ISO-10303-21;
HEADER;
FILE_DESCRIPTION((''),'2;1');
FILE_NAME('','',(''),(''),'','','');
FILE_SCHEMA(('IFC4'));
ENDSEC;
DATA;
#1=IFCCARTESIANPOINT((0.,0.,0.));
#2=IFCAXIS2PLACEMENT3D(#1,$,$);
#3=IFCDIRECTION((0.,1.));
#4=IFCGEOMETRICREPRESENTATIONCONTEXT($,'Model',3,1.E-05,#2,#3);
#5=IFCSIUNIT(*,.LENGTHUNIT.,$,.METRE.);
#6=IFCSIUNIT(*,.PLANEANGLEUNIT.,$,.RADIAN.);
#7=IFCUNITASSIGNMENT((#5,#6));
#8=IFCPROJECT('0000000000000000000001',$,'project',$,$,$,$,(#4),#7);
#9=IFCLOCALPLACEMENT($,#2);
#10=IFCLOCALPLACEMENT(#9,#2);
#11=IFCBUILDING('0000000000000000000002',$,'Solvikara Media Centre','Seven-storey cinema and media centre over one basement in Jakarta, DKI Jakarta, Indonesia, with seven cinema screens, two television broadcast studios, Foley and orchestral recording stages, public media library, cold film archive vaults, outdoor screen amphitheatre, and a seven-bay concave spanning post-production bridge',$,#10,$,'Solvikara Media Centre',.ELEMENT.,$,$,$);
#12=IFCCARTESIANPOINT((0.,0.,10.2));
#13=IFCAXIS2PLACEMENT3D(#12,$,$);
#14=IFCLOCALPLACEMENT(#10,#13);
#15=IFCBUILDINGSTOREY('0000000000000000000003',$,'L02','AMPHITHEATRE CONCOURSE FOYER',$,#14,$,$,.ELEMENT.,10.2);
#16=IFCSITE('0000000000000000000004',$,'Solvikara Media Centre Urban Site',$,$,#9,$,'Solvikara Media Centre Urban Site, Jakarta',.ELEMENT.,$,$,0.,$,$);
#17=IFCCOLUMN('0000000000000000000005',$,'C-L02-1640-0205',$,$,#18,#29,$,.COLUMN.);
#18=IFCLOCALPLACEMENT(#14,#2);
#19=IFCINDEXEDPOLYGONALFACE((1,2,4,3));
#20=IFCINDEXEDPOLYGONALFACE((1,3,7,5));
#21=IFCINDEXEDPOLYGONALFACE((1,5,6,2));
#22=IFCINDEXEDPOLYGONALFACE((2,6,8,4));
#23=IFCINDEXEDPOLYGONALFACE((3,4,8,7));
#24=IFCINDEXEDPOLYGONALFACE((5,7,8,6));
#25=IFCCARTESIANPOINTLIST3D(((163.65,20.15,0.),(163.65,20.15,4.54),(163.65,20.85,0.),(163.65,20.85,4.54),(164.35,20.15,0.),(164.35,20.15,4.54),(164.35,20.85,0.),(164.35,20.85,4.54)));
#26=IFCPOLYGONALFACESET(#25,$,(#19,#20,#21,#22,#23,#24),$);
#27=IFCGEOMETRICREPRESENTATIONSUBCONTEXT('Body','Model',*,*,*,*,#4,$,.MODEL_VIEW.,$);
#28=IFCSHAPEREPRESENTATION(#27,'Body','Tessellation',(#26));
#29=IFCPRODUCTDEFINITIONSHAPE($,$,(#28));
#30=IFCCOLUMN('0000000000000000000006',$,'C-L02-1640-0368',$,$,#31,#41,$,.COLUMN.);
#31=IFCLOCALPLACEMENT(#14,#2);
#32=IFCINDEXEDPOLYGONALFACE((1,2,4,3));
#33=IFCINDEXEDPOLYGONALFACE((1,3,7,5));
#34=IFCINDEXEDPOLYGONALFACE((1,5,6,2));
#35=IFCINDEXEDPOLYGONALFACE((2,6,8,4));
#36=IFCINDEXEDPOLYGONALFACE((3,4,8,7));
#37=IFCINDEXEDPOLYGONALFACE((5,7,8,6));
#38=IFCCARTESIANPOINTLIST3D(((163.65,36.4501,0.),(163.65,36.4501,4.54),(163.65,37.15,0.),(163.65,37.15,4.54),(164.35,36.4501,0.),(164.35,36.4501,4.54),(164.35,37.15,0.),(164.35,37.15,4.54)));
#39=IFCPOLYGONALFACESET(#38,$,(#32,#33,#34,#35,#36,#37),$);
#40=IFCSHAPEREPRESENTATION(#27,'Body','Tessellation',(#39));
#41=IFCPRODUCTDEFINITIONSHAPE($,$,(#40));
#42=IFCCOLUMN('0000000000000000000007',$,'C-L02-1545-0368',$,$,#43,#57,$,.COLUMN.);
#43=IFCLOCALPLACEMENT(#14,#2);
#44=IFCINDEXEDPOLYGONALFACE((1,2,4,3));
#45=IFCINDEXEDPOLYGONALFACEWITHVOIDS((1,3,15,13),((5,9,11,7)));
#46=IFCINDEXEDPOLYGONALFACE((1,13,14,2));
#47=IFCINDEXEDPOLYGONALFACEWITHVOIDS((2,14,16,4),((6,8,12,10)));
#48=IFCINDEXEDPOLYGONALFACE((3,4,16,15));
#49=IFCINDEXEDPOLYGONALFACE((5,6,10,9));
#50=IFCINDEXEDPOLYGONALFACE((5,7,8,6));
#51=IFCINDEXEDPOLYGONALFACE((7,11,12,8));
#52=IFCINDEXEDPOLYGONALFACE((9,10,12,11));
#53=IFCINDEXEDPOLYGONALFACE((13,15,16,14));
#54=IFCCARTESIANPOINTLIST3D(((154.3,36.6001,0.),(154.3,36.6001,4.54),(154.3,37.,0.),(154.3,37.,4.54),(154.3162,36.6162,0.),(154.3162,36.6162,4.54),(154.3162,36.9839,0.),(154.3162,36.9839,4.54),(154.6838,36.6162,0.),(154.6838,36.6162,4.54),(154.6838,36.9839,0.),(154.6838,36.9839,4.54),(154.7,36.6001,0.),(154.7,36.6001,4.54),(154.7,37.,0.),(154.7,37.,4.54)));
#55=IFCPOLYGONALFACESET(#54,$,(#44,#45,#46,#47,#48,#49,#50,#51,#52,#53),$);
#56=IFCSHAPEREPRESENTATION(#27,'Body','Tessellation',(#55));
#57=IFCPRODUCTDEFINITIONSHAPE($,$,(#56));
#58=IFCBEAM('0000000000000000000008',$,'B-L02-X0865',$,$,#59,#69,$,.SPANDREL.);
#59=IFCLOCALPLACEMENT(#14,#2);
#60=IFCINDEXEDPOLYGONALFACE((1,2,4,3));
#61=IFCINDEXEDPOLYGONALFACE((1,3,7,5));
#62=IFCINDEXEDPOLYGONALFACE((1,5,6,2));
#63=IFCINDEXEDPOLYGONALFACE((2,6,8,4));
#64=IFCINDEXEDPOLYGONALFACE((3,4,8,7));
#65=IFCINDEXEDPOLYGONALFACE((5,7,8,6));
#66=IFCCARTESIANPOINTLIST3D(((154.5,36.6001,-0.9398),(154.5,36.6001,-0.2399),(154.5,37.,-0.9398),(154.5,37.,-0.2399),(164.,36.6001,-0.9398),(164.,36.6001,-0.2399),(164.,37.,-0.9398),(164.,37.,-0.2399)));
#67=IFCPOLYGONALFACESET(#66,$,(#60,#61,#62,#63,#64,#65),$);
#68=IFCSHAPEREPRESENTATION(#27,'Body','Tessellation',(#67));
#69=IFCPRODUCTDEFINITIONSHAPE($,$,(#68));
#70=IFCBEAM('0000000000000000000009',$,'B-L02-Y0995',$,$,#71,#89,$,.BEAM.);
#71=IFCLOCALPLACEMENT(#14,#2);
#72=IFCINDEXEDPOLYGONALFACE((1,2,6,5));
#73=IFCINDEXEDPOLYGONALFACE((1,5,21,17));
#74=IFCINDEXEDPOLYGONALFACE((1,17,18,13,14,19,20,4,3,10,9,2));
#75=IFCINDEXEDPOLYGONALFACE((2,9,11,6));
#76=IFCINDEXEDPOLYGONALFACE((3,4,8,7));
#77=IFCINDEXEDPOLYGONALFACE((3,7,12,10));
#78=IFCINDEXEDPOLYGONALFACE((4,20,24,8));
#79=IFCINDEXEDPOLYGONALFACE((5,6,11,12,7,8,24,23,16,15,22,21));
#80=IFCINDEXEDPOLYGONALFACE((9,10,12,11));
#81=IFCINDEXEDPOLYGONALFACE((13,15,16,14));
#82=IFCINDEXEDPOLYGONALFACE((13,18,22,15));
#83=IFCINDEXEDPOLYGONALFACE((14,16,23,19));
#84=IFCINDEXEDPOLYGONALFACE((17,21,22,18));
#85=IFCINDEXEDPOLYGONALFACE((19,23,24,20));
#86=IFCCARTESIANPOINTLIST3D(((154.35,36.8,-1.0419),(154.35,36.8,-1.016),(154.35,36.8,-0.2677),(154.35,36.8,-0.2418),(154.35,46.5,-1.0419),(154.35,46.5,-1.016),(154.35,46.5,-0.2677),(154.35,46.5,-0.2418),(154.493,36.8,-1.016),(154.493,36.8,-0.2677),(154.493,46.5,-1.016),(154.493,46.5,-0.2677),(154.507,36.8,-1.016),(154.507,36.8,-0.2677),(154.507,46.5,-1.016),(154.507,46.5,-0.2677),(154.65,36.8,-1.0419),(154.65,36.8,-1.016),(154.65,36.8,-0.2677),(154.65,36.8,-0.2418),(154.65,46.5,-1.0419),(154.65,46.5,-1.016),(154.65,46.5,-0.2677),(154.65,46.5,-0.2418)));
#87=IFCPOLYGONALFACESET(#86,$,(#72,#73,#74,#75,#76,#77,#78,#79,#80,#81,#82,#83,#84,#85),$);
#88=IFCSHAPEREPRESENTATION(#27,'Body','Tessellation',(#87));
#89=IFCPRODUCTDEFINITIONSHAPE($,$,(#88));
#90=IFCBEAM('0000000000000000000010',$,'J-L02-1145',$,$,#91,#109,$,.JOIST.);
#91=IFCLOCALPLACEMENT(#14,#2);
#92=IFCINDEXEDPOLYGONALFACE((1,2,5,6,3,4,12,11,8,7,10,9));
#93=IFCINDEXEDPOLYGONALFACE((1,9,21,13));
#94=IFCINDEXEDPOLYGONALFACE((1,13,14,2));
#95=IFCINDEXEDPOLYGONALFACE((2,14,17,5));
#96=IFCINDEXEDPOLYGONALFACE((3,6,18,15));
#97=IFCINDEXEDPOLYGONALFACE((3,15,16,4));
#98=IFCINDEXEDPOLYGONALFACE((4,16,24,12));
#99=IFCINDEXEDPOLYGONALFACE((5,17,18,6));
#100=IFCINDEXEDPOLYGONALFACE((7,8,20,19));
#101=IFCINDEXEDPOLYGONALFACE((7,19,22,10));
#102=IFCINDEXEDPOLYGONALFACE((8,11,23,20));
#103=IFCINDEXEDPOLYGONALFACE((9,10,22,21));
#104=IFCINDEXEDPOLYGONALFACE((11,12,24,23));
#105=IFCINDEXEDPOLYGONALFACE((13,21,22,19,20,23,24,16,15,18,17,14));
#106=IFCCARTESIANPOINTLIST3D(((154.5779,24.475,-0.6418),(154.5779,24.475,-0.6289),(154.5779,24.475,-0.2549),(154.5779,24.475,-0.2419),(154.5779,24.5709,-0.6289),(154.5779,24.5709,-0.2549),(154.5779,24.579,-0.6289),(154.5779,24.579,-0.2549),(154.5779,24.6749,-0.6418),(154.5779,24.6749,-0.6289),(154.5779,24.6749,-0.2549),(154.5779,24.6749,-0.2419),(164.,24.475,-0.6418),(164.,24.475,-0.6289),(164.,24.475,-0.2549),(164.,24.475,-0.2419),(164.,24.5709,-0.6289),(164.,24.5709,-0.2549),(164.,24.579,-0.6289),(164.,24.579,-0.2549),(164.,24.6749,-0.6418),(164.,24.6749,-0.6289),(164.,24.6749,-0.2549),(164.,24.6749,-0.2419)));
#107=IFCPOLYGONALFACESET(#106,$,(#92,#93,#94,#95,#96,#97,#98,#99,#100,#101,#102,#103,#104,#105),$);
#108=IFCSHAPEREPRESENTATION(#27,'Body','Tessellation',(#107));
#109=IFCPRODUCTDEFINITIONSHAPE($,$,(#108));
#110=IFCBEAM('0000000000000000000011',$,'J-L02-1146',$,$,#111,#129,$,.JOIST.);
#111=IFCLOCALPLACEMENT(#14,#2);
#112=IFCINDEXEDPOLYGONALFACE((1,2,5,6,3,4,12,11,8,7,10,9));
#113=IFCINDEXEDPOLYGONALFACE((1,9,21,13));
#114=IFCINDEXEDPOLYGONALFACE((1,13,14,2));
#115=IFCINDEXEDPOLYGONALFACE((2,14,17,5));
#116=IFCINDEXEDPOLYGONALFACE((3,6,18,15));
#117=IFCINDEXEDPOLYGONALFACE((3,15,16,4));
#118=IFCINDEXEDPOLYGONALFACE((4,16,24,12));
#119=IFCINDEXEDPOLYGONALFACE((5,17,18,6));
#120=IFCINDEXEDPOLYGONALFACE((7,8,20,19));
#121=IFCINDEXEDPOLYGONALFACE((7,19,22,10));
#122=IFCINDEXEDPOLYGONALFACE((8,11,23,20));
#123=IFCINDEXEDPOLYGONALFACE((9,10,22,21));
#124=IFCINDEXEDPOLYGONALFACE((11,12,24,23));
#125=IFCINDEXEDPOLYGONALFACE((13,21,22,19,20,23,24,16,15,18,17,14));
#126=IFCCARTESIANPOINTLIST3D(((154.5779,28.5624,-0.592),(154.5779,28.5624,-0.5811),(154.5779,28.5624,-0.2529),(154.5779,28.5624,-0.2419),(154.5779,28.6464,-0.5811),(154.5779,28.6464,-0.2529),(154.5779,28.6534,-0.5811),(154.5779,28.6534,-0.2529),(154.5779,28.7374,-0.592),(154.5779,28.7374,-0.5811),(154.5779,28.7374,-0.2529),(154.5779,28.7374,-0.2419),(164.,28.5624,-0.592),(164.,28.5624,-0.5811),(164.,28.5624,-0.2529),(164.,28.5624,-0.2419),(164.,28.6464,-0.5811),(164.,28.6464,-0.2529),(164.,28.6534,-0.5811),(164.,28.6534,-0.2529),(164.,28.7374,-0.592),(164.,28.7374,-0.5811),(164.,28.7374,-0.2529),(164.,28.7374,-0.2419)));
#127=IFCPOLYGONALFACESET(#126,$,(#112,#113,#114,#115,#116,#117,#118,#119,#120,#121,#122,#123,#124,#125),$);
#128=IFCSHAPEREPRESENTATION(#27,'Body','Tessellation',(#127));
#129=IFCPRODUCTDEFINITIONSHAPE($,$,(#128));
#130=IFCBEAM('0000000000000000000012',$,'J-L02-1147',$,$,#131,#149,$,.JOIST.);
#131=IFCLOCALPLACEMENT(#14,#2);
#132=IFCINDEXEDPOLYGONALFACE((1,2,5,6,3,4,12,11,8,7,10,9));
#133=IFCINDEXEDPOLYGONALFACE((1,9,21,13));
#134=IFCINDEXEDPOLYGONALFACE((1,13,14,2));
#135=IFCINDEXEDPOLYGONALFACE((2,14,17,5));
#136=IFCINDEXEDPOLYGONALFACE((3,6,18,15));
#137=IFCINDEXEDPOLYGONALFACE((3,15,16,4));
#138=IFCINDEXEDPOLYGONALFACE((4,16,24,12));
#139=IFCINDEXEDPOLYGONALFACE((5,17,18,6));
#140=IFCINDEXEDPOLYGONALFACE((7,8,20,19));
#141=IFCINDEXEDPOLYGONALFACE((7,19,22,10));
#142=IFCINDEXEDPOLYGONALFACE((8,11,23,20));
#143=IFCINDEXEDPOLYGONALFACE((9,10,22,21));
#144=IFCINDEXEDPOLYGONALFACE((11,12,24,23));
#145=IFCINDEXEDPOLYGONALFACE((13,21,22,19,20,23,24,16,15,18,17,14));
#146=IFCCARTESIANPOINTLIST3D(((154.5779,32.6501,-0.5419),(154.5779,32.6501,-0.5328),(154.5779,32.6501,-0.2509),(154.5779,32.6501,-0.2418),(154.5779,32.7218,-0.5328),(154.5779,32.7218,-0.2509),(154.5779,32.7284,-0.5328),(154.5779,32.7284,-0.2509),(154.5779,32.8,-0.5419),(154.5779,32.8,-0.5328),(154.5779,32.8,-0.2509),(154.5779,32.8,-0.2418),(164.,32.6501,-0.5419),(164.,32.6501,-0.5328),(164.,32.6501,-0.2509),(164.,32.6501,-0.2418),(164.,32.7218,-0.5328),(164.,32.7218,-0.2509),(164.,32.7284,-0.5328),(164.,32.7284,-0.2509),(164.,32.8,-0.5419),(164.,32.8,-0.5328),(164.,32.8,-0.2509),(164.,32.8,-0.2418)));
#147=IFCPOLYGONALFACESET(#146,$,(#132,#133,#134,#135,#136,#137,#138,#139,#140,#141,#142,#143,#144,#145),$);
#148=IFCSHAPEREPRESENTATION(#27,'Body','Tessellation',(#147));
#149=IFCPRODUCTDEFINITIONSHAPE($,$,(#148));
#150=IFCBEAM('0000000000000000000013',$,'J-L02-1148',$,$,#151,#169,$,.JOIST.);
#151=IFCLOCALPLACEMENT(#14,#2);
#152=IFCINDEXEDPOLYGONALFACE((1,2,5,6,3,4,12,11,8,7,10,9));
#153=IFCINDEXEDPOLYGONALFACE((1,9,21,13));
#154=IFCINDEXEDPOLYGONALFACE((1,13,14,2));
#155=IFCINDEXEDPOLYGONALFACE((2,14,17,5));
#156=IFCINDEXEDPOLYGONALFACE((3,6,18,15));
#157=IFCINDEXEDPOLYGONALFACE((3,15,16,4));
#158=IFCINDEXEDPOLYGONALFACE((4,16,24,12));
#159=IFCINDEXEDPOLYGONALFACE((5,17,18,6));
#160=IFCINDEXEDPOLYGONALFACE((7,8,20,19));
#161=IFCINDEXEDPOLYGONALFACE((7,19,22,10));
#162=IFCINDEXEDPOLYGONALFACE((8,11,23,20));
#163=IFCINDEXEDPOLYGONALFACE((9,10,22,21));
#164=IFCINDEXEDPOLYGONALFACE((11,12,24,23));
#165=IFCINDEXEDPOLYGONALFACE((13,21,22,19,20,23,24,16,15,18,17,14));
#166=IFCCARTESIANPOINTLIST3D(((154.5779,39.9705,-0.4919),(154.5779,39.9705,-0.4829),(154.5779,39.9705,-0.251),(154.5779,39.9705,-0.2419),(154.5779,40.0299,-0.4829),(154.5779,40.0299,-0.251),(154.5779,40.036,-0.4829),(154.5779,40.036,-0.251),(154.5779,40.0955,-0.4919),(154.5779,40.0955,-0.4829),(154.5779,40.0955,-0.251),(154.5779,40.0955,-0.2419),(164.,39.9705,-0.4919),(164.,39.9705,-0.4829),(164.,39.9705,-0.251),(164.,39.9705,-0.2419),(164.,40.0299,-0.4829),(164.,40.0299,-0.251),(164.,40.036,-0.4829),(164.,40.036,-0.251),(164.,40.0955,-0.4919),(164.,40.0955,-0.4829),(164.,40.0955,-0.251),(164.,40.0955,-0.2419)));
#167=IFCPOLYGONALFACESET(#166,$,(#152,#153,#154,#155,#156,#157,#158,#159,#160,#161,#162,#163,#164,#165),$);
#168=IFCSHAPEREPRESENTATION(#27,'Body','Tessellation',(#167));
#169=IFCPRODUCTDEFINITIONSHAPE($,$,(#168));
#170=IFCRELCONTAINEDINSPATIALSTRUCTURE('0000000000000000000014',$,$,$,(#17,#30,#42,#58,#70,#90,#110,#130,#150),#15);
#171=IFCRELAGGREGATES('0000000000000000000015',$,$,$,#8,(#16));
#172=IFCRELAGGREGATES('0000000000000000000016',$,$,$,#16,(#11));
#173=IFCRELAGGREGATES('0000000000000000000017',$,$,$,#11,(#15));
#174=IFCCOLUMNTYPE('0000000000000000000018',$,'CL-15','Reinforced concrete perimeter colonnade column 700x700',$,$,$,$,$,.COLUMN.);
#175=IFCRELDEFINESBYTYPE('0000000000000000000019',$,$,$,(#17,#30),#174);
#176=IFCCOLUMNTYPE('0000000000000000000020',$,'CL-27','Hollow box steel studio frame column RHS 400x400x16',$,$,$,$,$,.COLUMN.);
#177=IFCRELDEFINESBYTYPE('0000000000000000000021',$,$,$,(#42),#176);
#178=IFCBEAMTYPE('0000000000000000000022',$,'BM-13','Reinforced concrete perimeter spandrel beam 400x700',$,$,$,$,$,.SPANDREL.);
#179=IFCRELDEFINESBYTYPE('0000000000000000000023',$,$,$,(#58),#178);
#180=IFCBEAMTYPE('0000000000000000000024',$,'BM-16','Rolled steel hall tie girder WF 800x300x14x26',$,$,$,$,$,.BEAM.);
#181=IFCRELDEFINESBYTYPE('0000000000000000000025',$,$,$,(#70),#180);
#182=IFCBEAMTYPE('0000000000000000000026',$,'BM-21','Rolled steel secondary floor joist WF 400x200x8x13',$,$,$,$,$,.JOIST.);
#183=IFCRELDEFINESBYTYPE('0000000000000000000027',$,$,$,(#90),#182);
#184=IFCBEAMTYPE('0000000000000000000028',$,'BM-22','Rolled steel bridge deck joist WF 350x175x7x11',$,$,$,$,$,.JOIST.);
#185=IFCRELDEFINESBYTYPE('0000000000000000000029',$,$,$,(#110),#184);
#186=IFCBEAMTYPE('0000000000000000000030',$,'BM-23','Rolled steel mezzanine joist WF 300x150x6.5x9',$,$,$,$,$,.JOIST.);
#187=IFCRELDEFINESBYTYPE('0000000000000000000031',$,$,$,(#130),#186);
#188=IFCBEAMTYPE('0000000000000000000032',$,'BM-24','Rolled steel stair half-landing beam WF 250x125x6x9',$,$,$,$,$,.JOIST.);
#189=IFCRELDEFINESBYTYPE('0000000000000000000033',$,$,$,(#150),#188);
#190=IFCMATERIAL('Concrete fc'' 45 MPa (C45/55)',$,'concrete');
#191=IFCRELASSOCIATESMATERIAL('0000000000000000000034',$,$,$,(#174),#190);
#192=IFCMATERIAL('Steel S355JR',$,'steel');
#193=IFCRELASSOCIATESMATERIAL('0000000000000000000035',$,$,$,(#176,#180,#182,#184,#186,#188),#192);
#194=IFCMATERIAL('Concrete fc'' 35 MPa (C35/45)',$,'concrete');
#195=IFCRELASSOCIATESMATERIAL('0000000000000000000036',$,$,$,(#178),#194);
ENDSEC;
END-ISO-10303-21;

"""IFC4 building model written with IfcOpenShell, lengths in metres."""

from ifc_helpers import new_model, si_unit, direction, frame, origin, origin_2d, place, context, subcontext, project, spatial, rectangle, hollow_rectangle, i_section, extrude, material, material_profile, profile_set, type_object, element, save


model = new_model("IFC4")

# Units and contexts
model_context = context("Model", 3, precision=1e-05, world=origin(), true_north=direction((0.0, 1.0)))
body_context = subcontext(model_context, "Body", "Model", "MODEL_VIEW")
ifc_project = project(units=[si_unit("LENGTHUNIT", "METRE"), si_unit("PLANEANGLEUNIT", "RADIAN")], contexts=[model_context])

# Site, building, storey
site_placement = place(None, origin())
site = spatial("IfcSite", under=ifc_project, at=site_placement, Name="Solvikara Media Centre Urban Site", LongName="Solvikara Media Centre Urban Site, Jakarta", CompositionType="ELEMENT", RefElevation=0.0)
building_placement = place(site_placement, origin())
building = spatial("IfcBuilding", under=site, at=building_placement, Name="Solvikara Media Centre", Description="Seven-storey cinema and media centre over one basement in Jakarta, DKI Jakarta, Indonesia, with seven cinema screens, two television broadcast studios, Foley and orchestral recording stages, public media library, cold film archive vaults, outdoor screen amphitheatre, and a seven-bay concave spanning post-production bridge", LongName="Solvikara Media Centre", CompositionType="ELEMENT")
storey_placement = place(building_placement, frame((0.0, 0.0, 10.2)))
storey = spatial("IfcBuildingStorey", under=building, at=storey_placement, Name="L02", Description="AMPHITHEATRE CONCOURSE FOYER", CompositionType="ELEMENT", Elevation=10.2)

# Columns
ifc_material_1 = material(Name="Concrete fc' 45 MPa (C45/55)", Category="concrete")
ifc_material_profile_1 = material_profile(ifc_material_1, rectangle(XDim=0.7, YDim=0.7, at=origin_2d()), Name="RC 700x700")
ifc_profile_set_1 = profile_set([ifc_material_profile_1], Name="Concrete fc' 45 MPa (C45/55)")
column_type_1 = type_object("IfcColumnType", Name="CL-15", Description="Reinforced concrete perimeter colonnade column 700x700", PredefinedType="COLUMN", material=ifc_profile_set_1)
for number, where, z_axis, x_axis, name in (
    (1, (164.0, 20.5, 0.0), (0.0, 0.0, 1.0), (1.0, 0.0, 0.0), "C-L02-1640-0205"),
    (2, (164.0, 36.8, 0.0), (0.0, 0.0, 1.0), (1.0, 0.0, 0.0), "C-L02-1640-0368"),
):
    element("IfcColumn", number, at=place(storey_placement, frame(where, z_axis=z_axis, x_axis=x_axis)), inside=storey, type_object=column_type_1, Name=name, PredefinedType="COLUMN", context=body_context, shape_type="SweptSolid", body=[
        extrude(rectangle(XDim=0.7, YDim=0.7, at=origin_2d()), origin(), (0.0, 0.0, 1.0), 4.54),
    ])
ifc_material_2 = material(Name="Steel S355JR", Category="steel")
ifc_material_profile_2 = material_profile(ifc_material_2, hollow_rectangle(XDim=0.3999, YDim=0.3999, WallThickness=0.0161, at=origin_2d()), Name="RHS 400x400x16")
ifc_profile_set_2 = profile_set([ifc_material_profile_2], Name="Steel S355JR")
column_type_2 = type_object("IfcColumnType", Name="CL-27", Description="Hollow box steel studio frame column RHS 400x400x16", PredefinedType="COLUMN", material=ifc_profile_set_2)
column_placement = place(storey_placement, frame((154.5, 36.8, 0.0), z_axis=(0.0, 0.0, 1.0), x_axis=(1.0, 0.0, 0.0)))
element("IfcColumn", 3, at=column_placement, inside=storey, type_object=column_type_2, Name="C-L02-1545-0368", PredefinedType="COLUMN", context=body_context, shape_type="SweptSolid", body=[
    extrude(hollow_rectangle(XDim=0.3999, YDim=0.3999, WallThickness=0.0161, at=origin_2d()), origin(), (0.0, 0.0, 1.0), 4.54),
])

# Beams
ifc_material_3 = material(Name="Concrete fc' 35 MPa (C35/45)", Category="concrete")
ifc_material_profile_3 = material_profile(ifc_material_3, rectangle(XDim=0.3999, YDim=0.7, at=origin_2d()), Name="RC 400x700")
ifc_profile_set_3 = profile_set([ifc_material_profile_3], Name="Concrete fc' 35 MPa (C35/45)")
beam_type_1 = type_object("IfcBeamType", Name="BM-13", Description="Reinforced concrete perimeter spandrel beam 400x700", PredefinedType="SPANDREL", material=ifc_profile_set_3)
beam_1_placement = place(storey_placement, frame((154.5, 36.8, -0.5898), z_axis=(1.0, 0.0, 0.0), x_axis=(0.0, 1.0, 0.0)))
element("IfcBeam", 4, at=beam_1_placement, inside=storey, type_object=beam_type_1, Name="B-L02-X0865", PredefinedType="SPANDREL", context=body_context, shape_type="SweptSolid", body=[
    extrude(rectangle(XDim=0.3999, YDim=0.7, at=origin_2d()), origin(), (0.0, 0.0, 1.0), 9.5),
])
ifc_material_profile_4 = material_profile(ifc_material_2, i_section(OverallWidth=0.3, OverallDepth=0.8, WebThickness=0.0139, FlangeThickness=0.0259, at=origin_2d()), Name="WF 800x300x14x26")
ifc_profile_set_4 = profile_set([ifc_material_profile_4], Name="Steel S355JR")
beam_type_2 = type_object("IfcBeamType", Name="BM-16", Description="Rolled steel hall tie girder WF 800x300x14x26", PredefinedType="BEAM", material=ifc_profile_set_4)
beam_2_placement = place(storey_placement, frame((154.5, 36.8, -0.6418), z_axis=(0.0, 1.0, 0.0), x_axis=(-1.0, 0.0, 0.0)))
element("IfcBeam", 5, at=beam_2_placement, inside=storey, type_object=beam_type_2, Name="B-L02-Y0995", PredefinedType="BEAM", context=body_context, shape_type="SweptSolid", body=[
    extrude(i_section(OverallWidth=0.3, OverallDepth=0.8, WebThickness=0.0139, FlangeThickness=0.0259, at=origin_2d()), origin(), (0.0, 0.0, 1.0), 9.7),
])
ifc_material_profile_5 = material_profile(ifc_material_2, i_section(OverallWidth=0.2, OverallDepth=0.3999, WebThickness=0.0081, FlangeThickness=0.0129, at=origin_2d()), Name="WF 400x200x8x13")
ifc_profile_set_5 = profile_set([ifc_material_profile_5], Name="Steel S355JR")
beam_type_3 = type_object("IfcBeamType", Name="BM-21", Description="Rolled steel secondary floor joist WF 400x200x8x13", PredefinedType="JOIST", material=ifc_profile_set_5)
beam_3_placement = place(storey_placement, frame((154.5779, 24.575, -0.4419), z_axis=(1.0, 0.0, 0.0), x_axis=(0.0, 1.0, 0.0)))
element("IfcBeam", 6, at=beam_3_placement, inside=storey, type_object=beam_type_3, Name="J-L02-1145", PredefinedType="JOIST", context=body_context, shape_type="SweptSolid", body=[
    extrude(i_section(OverallWidth=0.2, OverallDepth=0.3999, WebThickness=0.0081, FlangeThickness=0.0129, at=origin_2d()), origin(), (0.0, 0.0, 1.0), 9.4221),
])
ifc_material_profile_6 = material_profile(ifc_material_2, i_section(OverallWidth=0.175, OverallDepth=0.3501, WebThickness=0.0071, FlangeThickness=0.011, at=origin_2d()), Name="WF 350x175x7x11")
ifc_profile_set_6 = profile_set([ifc_material_profile_6], Name="Steel S355JR")
beam_type_4 = type_object("IfcBeamType", Name="BM-22", Description="Rolled steel bridge deck joist WF 350x175x7x11", PredefinedType="JOIST", material=ifc_profile_set_6)
beam_4_placement = place(storey_placement, frame((154.5779, 28.6499, -0.417), z_axis=(1.0, 0.0, 0.0), x_axis=(0.0, 1.0, 0.0)))
element("IfcBeam", 7, at=beam_4_placement, inside=storey, type_object=beam_type_4, Name="J-L02-1146", PredefinedType="JOIST", context=body_context, shape_type="SweptSolid", body=[
    extrude(i_section(OverallWidth=0.175, OverallDepth=0.3501, WebThickness=0.0071, FlangeThickness=0.011, at=origin_2d()), origin(), (0.0, 0.0, 1.0), 9.4221),
])
ifc_material_profile_7 = material_profile(ifc_material_2, i_section(OverallWidth=0.1499, OverallDepth=0.3, WebThickness=0.0066, FlangeThickness=0.009, at=origin_2d()), Name="WF 300x150x6.5x9")
ifc_profile_set_7 = profile_set([ifc_material_profile_7], Name="Steel S355JR")
beam_type_5 = type_object("IfcBeamType", Name="BM-23", Description="Rolled steel mezzanine joist WF 300x150x6.5x9", PredefinedType="JOIST", material=ifc_profile_set_7)
beam_5_placement = place(storey_placement, frame((154.5779, 32.7251, -0.3918), z_axis=(1.0, 0.0, 0.0), x_axis=(0.0, 1.0, 0.0)))
element("IfcBeam", 8, at=beam_5_placement, inside=storey, type_object=beam_type_5, Name="J-L02-1147", PredefinedType="JOIST", context=body_context, shape_type="SweptSolid", body=[
    extrude(i_section(OverallWidth=0.1499, OverallDepth=0.3, WebThickness=0.0066, FlangeThickness=0.009, at=origin_2d()), origin(), (0.0, 0.0, 1.0), 9.4221),
])
ifc_material_profile_8 = material_profile(ifc_material_2, i_section(OverallWidth=0.125, OverallDepth=0.25, WebThickness=0.0061, FlangeThickness=0.009, at=origin_2d()), Name="WF 250x125x6x9")
ifc_profile_set_8 = profile_set([ifc_material_profile_8], Name="Steel S355JR")
beam_type_6 = type_object("IfcBeamType", Name="BM-24", Description="Rolled steel stair half-landing beam WF 250x125x6x9", PredefinedType="JOIST", material=ifc_profile_set_8)
beam_6_placement = place(storey_placement, frame((154.5779, 40.033, -0.3669), z_axis=(1.0, 0.0, 0.0), x_axis=(0.0, 1.0, 0.0)))
element("IfcBeam", 9, at=beam_6_placement, inside=storey, type_object=beam_type_6, Name="J-L02-1148", PredefinedType="JOIST", context=body_context, shape_type="SweptSolid", body=[
    extrude(i_section(OverallWidth=0.125, OverallDepth=0.25, WebThickness=0.0061, FlangeThickness=0.009, at=origin_2d()), origin(), (0.0, 0.0, 1.0), 9.4221),
])

save(model, "model.ifc")
